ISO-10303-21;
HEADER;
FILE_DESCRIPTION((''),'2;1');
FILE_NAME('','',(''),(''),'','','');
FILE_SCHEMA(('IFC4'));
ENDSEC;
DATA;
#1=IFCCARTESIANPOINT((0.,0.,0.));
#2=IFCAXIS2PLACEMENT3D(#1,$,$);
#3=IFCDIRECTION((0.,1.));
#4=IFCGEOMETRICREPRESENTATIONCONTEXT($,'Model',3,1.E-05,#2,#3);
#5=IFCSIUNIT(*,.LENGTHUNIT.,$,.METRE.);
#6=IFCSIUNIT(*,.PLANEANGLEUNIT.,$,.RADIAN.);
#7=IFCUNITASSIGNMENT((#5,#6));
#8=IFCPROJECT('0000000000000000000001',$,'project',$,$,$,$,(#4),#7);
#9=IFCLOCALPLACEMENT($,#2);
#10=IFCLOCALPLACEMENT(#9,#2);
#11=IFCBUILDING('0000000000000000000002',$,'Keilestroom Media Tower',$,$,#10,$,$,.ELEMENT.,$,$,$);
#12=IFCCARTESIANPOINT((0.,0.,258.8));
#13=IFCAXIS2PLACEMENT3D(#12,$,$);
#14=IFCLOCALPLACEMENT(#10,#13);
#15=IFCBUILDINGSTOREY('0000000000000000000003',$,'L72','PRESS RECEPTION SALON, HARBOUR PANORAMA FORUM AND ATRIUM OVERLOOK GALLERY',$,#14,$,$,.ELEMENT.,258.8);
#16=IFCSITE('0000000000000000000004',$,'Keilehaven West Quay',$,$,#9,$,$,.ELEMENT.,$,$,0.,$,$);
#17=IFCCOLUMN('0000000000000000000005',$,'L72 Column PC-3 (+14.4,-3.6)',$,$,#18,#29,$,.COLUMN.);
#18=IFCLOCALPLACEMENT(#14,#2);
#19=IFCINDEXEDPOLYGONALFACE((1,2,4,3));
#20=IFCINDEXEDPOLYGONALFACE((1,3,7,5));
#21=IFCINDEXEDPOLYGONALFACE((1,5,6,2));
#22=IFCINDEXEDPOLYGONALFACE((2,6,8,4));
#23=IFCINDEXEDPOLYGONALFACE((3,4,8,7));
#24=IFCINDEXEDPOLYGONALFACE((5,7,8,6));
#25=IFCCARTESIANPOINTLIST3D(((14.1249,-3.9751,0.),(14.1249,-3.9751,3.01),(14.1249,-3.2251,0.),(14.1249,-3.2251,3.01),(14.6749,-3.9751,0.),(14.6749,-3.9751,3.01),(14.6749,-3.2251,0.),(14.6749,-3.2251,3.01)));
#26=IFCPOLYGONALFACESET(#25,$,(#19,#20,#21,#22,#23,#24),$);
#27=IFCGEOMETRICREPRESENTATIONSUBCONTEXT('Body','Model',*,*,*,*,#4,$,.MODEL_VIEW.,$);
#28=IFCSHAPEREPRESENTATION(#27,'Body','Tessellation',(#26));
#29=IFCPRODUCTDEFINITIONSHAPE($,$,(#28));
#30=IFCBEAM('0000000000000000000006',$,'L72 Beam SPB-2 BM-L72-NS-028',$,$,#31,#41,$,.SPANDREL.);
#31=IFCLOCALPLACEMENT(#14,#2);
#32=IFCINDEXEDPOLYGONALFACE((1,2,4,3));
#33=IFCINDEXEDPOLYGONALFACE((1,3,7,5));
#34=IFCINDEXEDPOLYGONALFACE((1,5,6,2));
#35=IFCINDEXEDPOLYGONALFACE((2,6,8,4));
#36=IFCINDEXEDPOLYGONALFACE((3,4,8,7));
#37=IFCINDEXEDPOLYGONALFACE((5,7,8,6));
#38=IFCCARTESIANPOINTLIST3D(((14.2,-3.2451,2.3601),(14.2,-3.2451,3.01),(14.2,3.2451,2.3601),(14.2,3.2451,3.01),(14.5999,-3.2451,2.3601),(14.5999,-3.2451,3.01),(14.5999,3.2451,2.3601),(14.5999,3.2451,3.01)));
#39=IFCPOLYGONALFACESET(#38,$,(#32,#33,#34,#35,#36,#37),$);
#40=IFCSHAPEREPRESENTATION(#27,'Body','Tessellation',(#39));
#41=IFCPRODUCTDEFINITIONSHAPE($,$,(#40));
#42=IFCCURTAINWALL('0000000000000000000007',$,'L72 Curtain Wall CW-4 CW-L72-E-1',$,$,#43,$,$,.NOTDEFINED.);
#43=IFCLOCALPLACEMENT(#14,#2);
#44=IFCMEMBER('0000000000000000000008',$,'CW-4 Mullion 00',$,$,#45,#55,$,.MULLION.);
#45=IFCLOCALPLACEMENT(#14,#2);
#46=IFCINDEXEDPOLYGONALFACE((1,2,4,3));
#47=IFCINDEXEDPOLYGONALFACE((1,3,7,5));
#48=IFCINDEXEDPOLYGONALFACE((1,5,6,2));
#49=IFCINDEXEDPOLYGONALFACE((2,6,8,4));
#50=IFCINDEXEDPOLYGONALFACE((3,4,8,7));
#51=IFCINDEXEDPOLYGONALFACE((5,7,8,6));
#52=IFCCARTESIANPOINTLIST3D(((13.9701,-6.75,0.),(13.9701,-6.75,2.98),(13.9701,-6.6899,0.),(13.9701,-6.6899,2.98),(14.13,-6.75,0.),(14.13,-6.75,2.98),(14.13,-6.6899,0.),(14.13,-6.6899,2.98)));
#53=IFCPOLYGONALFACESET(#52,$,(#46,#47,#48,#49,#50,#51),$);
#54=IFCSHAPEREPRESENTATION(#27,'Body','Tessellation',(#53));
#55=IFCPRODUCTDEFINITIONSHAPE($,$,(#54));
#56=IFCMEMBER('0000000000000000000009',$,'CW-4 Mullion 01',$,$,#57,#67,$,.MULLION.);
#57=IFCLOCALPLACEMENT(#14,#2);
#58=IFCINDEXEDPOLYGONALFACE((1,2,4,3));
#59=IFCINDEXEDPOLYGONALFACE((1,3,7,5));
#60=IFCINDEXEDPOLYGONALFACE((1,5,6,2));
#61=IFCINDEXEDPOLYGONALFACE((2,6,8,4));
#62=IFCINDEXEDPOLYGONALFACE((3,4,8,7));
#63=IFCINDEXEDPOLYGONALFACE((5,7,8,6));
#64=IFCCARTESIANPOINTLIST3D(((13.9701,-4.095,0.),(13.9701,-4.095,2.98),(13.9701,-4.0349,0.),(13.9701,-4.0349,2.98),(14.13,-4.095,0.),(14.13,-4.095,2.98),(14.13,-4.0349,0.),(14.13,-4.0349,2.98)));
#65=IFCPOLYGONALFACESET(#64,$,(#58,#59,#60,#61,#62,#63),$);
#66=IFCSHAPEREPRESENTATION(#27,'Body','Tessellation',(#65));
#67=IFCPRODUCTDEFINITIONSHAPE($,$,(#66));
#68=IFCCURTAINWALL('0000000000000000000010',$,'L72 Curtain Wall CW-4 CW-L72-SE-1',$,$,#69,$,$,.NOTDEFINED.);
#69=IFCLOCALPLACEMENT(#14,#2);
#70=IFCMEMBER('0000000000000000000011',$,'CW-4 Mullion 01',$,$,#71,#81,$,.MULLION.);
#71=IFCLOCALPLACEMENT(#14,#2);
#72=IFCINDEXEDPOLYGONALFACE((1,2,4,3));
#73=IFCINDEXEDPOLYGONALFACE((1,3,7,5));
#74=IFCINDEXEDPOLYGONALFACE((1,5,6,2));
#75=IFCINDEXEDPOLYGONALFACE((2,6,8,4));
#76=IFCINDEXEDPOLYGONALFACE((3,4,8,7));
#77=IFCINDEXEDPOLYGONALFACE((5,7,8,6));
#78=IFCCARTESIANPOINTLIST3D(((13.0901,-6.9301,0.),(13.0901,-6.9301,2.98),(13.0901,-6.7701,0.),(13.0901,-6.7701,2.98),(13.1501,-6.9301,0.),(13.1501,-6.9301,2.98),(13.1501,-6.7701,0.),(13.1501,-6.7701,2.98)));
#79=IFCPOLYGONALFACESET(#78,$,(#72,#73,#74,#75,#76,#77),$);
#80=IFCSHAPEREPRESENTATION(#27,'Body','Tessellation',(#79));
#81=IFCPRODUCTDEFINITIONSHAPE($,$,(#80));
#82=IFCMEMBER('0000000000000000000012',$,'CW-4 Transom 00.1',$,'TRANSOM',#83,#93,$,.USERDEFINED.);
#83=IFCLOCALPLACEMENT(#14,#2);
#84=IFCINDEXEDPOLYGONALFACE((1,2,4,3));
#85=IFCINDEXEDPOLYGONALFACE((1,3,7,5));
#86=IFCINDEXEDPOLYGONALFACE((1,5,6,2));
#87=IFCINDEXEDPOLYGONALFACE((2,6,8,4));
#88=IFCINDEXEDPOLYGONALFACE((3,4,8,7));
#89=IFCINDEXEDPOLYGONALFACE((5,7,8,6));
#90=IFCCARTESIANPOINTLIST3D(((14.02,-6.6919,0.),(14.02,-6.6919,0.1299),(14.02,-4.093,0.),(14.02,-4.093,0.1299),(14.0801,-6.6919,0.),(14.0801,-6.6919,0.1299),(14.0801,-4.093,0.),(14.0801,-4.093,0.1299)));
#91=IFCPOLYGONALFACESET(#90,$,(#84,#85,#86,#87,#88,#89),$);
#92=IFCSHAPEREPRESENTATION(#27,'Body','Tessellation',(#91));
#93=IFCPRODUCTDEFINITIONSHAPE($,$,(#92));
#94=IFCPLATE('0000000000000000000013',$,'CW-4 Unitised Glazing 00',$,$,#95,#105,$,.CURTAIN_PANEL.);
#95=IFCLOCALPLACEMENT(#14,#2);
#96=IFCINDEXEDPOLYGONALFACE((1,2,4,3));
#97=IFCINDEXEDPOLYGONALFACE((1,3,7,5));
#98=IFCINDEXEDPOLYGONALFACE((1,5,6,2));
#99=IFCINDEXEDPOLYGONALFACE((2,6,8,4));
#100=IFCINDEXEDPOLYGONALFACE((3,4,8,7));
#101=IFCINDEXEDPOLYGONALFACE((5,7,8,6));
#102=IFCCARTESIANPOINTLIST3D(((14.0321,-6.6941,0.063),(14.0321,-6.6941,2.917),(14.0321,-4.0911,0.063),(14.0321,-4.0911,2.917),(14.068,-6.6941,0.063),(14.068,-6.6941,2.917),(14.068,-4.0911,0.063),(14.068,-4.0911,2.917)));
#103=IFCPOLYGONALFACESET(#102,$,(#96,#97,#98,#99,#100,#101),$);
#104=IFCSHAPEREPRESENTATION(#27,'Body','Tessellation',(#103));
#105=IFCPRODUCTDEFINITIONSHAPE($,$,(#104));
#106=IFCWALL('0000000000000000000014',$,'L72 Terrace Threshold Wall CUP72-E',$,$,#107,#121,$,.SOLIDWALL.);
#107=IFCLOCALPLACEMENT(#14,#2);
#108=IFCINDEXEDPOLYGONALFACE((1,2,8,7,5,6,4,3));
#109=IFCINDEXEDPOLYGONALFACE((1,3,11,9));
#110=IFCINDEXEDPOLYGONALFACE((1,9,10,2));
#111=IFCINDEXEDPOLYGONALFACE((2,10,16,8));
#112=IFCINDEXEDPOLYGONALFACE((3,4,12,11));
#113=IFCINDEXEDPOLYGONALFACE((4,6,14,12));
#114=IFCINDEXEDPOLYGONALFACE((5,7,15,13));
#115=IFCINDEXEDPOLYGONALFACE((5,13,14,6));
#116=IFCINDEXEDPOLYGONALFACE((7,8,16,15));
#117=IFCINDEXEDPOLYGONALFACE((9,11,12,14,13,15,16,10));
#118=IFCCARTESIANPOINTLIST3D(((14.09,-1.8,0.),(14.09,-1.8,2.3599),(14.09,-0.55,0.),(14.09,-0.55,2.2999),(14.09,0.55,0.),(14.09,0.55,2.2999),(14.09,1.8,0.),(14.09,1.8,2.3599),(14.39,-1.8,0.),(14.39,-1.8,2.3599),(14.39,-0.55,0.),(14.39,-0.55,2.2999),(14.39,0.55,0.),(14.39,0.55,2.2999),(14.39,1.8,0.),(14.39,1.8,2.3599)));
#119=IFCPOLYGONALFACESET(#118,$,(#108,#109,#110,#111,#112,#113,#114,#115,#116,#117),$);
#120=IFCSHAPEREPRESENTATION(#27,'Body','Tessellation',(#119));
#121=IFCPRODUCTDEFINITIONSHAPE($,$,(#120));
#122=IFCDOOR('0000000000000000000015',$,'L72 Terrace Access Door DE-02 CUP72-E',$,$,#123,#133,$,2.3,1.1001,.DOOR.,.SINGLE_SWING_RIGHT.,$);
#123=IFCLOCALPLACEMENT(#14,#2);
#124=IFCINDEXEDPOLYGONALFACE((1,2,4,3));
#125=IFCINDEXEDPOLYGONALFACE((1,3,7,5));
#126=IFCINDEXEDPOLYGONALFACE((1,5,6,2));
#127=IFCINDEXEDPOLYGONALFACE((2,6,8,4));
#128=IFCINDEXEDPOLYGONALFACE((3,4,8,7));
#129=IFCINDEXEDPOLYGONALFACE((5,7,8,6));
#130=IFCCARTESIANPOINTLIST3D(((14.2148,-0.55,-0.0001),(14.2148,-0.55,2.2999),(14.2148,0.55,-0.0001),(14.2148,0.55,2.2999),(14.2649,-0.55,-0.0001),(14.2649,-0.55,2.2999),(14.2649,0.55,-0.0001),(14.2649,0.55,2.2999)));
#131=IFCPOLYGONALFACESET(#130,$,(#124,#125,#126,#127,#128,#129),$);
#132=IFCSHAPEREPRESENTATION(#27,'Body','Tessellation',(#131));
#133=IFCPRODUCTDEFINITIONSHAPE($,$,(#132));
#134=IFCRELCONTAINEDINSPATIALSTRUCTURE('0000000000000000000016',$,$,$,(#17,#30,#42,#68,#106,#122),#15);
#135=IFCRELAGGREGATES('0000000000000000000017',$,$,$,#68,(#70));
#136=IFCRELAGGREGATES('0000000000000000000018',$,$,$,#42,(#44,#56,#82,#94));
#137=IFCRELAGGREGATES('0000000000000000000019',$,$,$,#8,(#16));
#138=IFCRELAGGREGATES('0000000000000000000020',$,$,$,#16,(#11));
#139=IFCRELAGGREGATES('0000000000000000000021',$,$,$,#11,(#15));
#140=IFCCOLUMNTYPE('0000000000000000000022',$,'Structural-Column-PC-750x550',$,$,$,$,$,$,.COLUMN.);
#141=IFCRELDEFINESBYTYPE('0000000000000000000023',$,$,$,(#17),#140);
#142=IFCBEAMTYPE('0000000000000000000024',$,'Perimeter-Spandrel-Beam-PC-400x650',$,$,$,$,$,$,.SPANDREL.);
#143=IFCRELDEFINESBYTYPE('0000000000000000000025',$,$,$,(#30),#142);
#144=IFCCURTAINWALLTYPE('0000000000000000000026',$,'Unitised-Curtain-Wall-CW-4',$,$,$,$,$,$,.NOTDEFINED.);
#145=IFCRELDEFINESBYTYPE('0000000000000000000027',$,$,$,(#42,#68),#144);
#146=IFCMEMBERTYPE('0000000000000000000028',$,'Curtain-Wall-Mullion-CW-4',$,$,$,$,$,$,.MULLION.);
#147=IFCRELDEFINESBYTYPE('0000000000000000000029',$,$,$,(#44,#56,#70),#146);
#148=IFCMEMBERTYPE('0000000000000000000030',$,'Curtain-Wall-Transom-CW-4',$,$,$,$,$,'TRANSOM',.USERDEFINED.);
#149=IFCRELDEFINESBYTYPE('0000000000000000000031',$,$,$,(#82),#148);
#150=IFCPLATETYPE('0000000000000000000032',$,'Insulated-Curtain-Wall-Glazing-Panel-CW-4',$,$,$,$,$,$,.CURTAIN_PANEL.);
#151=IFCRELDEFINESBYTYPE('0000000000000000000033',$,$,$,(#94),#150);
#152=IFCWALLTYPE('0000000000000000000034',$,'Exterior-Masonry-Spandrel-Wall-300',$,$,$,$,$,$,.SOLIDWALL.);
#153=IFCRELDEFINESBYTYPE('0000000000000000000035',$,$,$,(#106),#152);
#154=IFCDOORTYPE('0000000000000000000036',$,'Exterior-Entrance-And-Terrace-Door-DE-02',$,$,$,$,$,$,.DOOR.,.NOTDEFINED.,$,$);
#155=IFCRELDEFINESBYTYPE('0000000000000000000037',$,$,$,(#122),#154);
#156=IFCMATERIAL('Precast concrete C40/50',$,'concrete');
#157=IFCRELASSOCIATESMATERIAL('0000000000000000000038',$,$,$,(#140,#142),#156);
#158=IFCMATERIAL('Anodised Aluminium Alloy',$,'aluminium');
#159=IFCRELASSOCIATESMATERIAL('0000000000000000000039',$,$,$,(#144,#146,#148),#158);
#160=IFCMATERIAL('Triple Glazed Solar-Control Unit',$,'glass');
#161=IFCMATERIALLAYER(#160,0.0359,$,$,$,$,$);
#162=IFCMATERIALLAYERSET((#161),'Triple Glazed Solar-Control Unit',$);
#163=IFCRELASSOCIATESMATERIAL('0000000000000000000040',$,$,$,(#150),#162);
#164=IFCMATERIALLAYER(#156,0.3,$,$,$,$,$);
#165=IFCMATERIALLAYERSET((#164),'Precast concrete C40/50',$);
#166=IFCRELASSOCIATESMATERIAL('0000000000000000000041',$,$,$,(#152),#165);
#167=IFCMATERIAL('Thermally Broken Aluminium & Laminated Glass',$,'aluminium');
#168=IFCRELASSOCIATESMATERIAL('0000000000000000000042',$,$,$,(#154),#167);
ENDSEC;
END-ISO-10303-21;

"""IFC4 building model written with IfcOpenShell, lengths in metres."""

from ifc_helpers import new_model, si_unit, direction, frame, frame_2d, origin, origin_2d, place, context, subcontext, project, spatial, rectangle, extrude, source, transform, mapped, material, layer, layer_set, material_profile, profile_set, type_object, element, fill, aggregate, save


model = new_model("IFC4")

# Units and contexts
model_context = context("Model", 3, precision=1e-05, world=origin(), true_north=direction((0.0, 1.0)))
body_context = subcontext(model_context, "Body", "Model", "MODEL_VIEW")
ifc_project = project(units=[si_unit("LENGTHUNIT", "METRE"), si_unit("PLANEANGLEUNIT", "RADIAN")], contexts=[model_context])

# Site, building, storey
site_placement = place(None, origin())
site = spatial("IfcSite", under=ifc_project, at=site_placement, Name="Keilehaven West Quay", CompositionType="ELEMENT", RefElevation=0.0)
building_placement = place(site_placement, origin())
building = spatial("IfcBuilding", under=site, at=building_placement, Name="Keilestroom Media Tower", CompositionType="ELEMENT")
storey_placement = place(building_placement, frame((0.0, 0.0, 258.8)))
storey = spatial("IfcBuildingStorey", under=building, at=storey_placement, Name="L72", Description="PRESS RECEPTION SALON, HARBOUR PANORAMA FORUM AND ATRIUM OVERLOOK GALLERY", CompositionType="ELEMENT", Elevation=258.8)

# Column
ifc_material_1 = material(Name="Precast concrete C40/50", Category="concrete")
ifc_material_profile_1 = material_profile(ifc_material_1, rectangle(XDim=0.55, YDim=0.75, at=origin_2d()), Name="PC 750x550")
ifc_profile_set_1 = profile_set([ifc_material_profile_1], Name="Precast concrete C40/50")
column_type = type_object("IfcColumnType", Name="Structural-Column-PC-750x550", PredefinedType="COLUMN", material=ifc_profile_set_1)
shared_shape_1 = source(origin(), body_context, "Body", "SweptSolid", [
    extrude(rectangle(XDim=0.55, YDim=0.75, at=origin_2d()), origin(), (0.0, 0.0, 1.0), 3.01),
])
column_placement = place(storey_placement, frame((14.3999, -3.6001, 0.0), z_axis=(0.0, 0.0, 1.0), x_axis=(1.0, 0.0, 0.0)))
element("IfcColumn", 1, at=column_placement, inside=storey, type_object=column_type, Name="L72 Column PC-3 (+14.4,-3.6)", PredefinedType="COLUMN", context=body_context, shape_type="MappedRepresentation", body=[
    mapped(shared_shape_1, transform((0.0, 0.0, 0.0), x_axis=(1.0, 0.0, 0.0), y_axis=(0.0, 1.0, 0.0), z_axis=(0.0, 0.0, 1.0), scale=1.0)),
])

# Beam
ifc_material_profile_2 = material_profile(ifc_material_1, rectangle(XDim=0.3999, YDim=0.6499, at=origin_2d()), Name="PC 400x650")
ifc_profile_set_2 = profile_set([ifc_material_profile_2], Name="Precast concrete C40/50")
beam_type = type_object("IfcBeamType", Name="Perimeter-Spandrel-Beam-PC-400x650", PredefinedType="SPANDREL", material=ifc_profile_set_2)
shared_shape_2 = source(origin(), body_context, "Body", "SweptSolid", [
    extrude(rectangle(XDim=0.3999, YDim=0.6499, at=origin_2d()), origin(), (0.0, 0.0, 1.0), 6.4902),
])
beam_placement = place(storey_placement, frame((14.3999, -3.2451, 2.6851), z_axis=(0.0, 1.0, 0.0), x_axis=(-1.0, 0.0, 0.0)))
element("IfcBeam", 2, at=beam_placement, inside=storey, type_object=beam_type, Name="L72 Beam SPB-2 BM-L72-NS-028", PredefinedType="SPANDREL", context=body_context, shape_type="MappedRepresentation", body=[
    mapped(shared_shape_2, transform((0.0, 0.0, 0.0), x_axis=(1.0, 0.0, 0.0), y_axis=(0.0, 1.0, 0.0), z_axis=(0.0, 0.0, 1.0), scale=1.0)),
])

# Curtain wall, members
ifc_material_2 = material(Name="Anodised Aluminium Alloy", Category="aluminium")
curtain_wall_type = type_object("IfcCurtainWallType", Name="Unitised-Curtain-Wall-CW-4", PredefinedType="NOTDEFINED", material=ifc_material_2)
curtain_wall_1_placement = place(storey_placement, origin())
curtain_wall_1 = element("IfcCurtainWall", 3, at=curtain_wall_1_placement, inside=storey, type_object=curtain_wall_type, Name="L72 Curtain Wall CW-4 CW-L72-E-1", PredefinedType="NOTDEFINED")
ifc_material_profile_3 = material_profile(ifc_material_2, rectangle(XDim=0.0601, YDim=0.1599, at=origin_2d()), Name="ALU MULLION 60x160")
ifc_profile_set_3 = profile_set([ifc_material_profile_3], Name="Anodised Aluminium Alloy")
member_type_1 = type_object("IfcMemberType", Name="Curtain-Wall-Mullion-CW-4", PredefinedType="MULLION", material=ifc_profile_set_3)
shared_shape_3 = source(origin(), body_context, "Body", "SweptSolid", [
    extrude(rectangle(XDim=0.0601, YDim=0.1599, at=origin_2d()), origin(), (0.0, 0.0, 1.0), 2.98),
])
member_1_placement = place(storey_placement, frame((14.05, -6.72, 0.0), z_axis=(0.0, 0.0, 1.0), x_axis=(0.0, 1.0, 0.0)))
member_1 = element("IfcMember", 4, at=member_1_placement, type_object=member_type_1, Name="CW-4 Mullion 00", PredefinedType="MULLION", context=body_context, shape_type="MappedRepresentation", body=[
    mapped(shared_shape_3, transform((0.0, 0.0, 0.0), x_axis=(1.0, 0.0, 0.0), y_axis=(0.0, 1.0, 0.0), z_axis=(0.0, 0.0, 1.0), scale=1.0)),
])
member_2_placement = place(storey_placement, frame((14.05, -4.0649, 0.0), z_axis=(0.0, 0.0, 1.0), x_axis=(0.0, 1.0, 0.0)))
member_2 = element("IfcMember", 5, at=member_2_placement, type_object=member_type_1, Name="CW-4 Mullion 01", PredefinedType="MULLION", context=body_context, shape_type="MappedRepresentation", body=[
    mapped(shared_shape_3, transform((0.0, 0.0, 0.0), x_axis=(1.0, 0.0, 0.0), y_axis=(0.0, 1.0, 0.0), z_axis=(0.0, 0.0, 1.0), scale=1.0)),
])

# Curtain wall, member
curtain_wall_2_placement = place(storey_placement, origin())
curtain_wall_2 = element("IfcCurtainWall", 6, at=curtain_wall_2_placement, inside=storey, type_object=curtain_wall_type, Name="L72 Curtain Wall CW-4 CW-L72-SE-1", PredefinedType="NOTDEFINED")
member_3_placement = place(storey_placement, frame((13.1201, -6.8501, 0.0), z_axis=(0.0, 0.0, 1.0), x_axis=(1.0, 0.0, 0.0)))
member_3 = element("IfcMember", 7, at=member_3_placement, type_object=member_type_1, Name="CW-4 Mullion 01", PredefinedType="MULLION", context=body_context, shape_type="MappedRepresentation", body=[
    mapped(shared_shape_3, transform((0.0, 0.0, 0.0), x_axis=(1.0, 0.0, 0.0), y_axis=(0.0, 1.0, 0.0), z_axis=(0.0, 0.0, 1.0), scale=1.0)),
])
aggregate(curtain_wall_2, [member_3])

# Member
ifc_material_profile_4 = material_profile(ifc_material_2, rectangle(XDim=0.0601, YDim=0.1299, at=origin_2d()), Name="ALU TRANSOM 60x130")
ifc_profile_set_4 = profile_set([ifc_material_profile_4], Name="Anodised Aluminium Alloy")
member_type_2 = type_object("IfcMemberType", Name="Curtain-Wall-Transom-CW-4", ElementType="TRANSOM", PredefinedType="USERDEFINED", material=ifc_profile_set_4)
shared_shape_4 = source(origin(), body_context, "Body", "SweptSolid", [
    extrude(rectangle(XDim=0.0601, YDim=0.1299, at=origin_2d()), origin(), (0.0, 0.0, 1.0), 2.5989),
])
member_4_placement = place(storey_placement, frame((14.05, -6.6919, 0.0649), z_axis=(0.0, 1.0, 0.0), x_axis=(-1.0, 0.0, 0.0)))
member_4 = element("IfcMember", 8, at=member_4_placement, type_object=member_type_2, Name="CW-4 Transom 00.1", ObjectType="TRANSOM", PredefinedType="USERDEFINED", context=body_context, shape_type="MappedRepresentation", body=[
    mapped(shared_shape_4, transform((0.0, 0.0, 0.0), x_axis=(1.0, 0.0, 0.0), y_axis=(0.0, 1.0, 0.0), z_axis=(0.0, 0.0, 1.0), scale=1.0)),
])

# Plate
ifc_material_3 = material(Name="Triple Glazed Solar-Control Unit", Category="glass")
ifc_layer_1 = layer(ifc_material_3, 0.0359)
ifc_layer_set_1 = layer_set([ifc_layer_1], Name="Triple Glazed Solar-Control Unit")
plate_type = type_object("IfcPlateType", Name="Insulated-Curtain-Wall-Glazing-Panel-CW-4", PredefinedType="CURTAIN_PANEL", material=ifc_layer_set_1)
shared_shape_5 = source(origin(), body_context, "Body", "SweptSolid", [
    extrude(rectangle(XDim=2.603, YDim=0.0359, at=origin_2d()), origin(), (0.0, 0.0, 1.0), 2.854),
])
plate_placement = place(storey_placement, frame((14.05, -5.3926, 0.063), z_axis=(0.0, 0.0, 1.0), x_axis=(0.0, 1.0, 0.0)))
plate = element("IfcPlate", 9, at=plate_placement, type_object=plate_type, Name="CW-4 Unitised Glazing 00", PredefinedType="CURTAIN_PANEL", context=body_context, shape_type="MappedRepresentation", body=[
    mapped(shared_shape_5, transform((0.0, 0.0, 0.0), x_axis=(1.0, 0.0, 0.0), y_axis=(0.0, 1.0, 0.0), z_axis=(0.0, 0.0, 1.0), scale=1.0)),
])
aggregate(curtain_wall_1, [member_1, member_2, member_4, plate])

# Wall, opening, door
ifc_layer_2 = layer(ifc_material_1, 0.3)
ifc_layer_set_2 = layer_set([ifc_layer_2], Name="Precast concrete C40/50")
wall_type_1 = type_object("IfcWallType", Name="Exterior-Masonry-Spandrel-Wall-300", PredefinedType="SOLIDWALL", material=ifc_layer_set_2)
wall_1_placement = place(storey_placement, frame((14.24, -1.8, 0.0), z_axis=(0.0, 0.0, 1.0), x_axis=(0.0, 1.0, 0.0)))
wall_1 = element("IfcWall", 10, at=wall_1_placement, inside=storey, type_object=wall_type_1, Name="L72 Terrace Threshold Wall CUP72-E", PredefinedType="SOLIDWALL", context=body_context, shape_type="SweptSolid", body=[
    extrude(rectangle(XDim=3.6001, YDim=0.3, at=frame_2d((1.8, 0.0))), origin(), (0.0, 0.0, 1.0), 2.3599),
])
opening_1_placement = place(wall_1_placement, frame((1.25, 0.0, 0.0)))
opening_1 = element("IfcOpeningElement", 11, at=opening_1_placement, cuts=wall_1, PredefinedType="OPENING", context=body_context, shape_type="SweptSolid", body=[
    extrude(rectangle(XDim=1.1001, YDim=2.3, at=frame_2d((0.55, 1.1499))), frame((0.0, 0.1602, 0.0), z_axis=(0.0, -1.0, 0.0), x_axis=(1.0, 0.0, 0.0)), (0.0, 0.0, 1.0), 0.3201),
])
ifc_material_4 = material(Name="Thermally Broken Aluminium & Laminated Glass", Category="aluminium")
door_type_1 = type_object("IfcDoorType", Name="Exterior-Entrance-And-Terrace-Door-DE-02", OperationType="NOTDEFINED", PredefinedType="DOOR", material=ifc_material_4)
shared_shape_6 = source(origin(), body_context, "Body", "SweptSolid", [
    extrude(rectangle(XDim=1.1001, YDim=2.3, at=frame_2d((0.55, 1.1499))), frame((0.0, 0.0249, 0.0), z_axis=(0.0, -1.0, 0.0), x_axis=(1.0, 0.0, 0.0)), (0.0, 0.0, 1.0), 0.05),
])
door_1_placement = place(opening_1_placement, frame((1.1001, 0.0, 0.0), z_axis=(0.0, 0.0, 1.0), x_axis=(-1.0, 0.0, 0.0)))
door_1 = element("IfcDoor", 12, at=door_1_placement, inside=storey, type_object=door_type_1, Name="L72 Terrace Access Door DE-02 CUP72-E", OperationType="SINGLE_SWING_RIGHT", OverallHeight=2.3, OverallWidth=1.1001, PredefinedType="DOOR", context=body_context, shape_type="MappedRepresentation", body=[
    mapped(shared_shape_6, transform((0.0, 0.0, 0.0), x_axis=(1.0, 0.0, 0.0), y_axis=(0.0, 1.0, 0.0), z_axis=(0.0, 0.0, 1.0), scale=1.0)),
])
fill(opening_1, door_1)

save(model, "model.ifc")
